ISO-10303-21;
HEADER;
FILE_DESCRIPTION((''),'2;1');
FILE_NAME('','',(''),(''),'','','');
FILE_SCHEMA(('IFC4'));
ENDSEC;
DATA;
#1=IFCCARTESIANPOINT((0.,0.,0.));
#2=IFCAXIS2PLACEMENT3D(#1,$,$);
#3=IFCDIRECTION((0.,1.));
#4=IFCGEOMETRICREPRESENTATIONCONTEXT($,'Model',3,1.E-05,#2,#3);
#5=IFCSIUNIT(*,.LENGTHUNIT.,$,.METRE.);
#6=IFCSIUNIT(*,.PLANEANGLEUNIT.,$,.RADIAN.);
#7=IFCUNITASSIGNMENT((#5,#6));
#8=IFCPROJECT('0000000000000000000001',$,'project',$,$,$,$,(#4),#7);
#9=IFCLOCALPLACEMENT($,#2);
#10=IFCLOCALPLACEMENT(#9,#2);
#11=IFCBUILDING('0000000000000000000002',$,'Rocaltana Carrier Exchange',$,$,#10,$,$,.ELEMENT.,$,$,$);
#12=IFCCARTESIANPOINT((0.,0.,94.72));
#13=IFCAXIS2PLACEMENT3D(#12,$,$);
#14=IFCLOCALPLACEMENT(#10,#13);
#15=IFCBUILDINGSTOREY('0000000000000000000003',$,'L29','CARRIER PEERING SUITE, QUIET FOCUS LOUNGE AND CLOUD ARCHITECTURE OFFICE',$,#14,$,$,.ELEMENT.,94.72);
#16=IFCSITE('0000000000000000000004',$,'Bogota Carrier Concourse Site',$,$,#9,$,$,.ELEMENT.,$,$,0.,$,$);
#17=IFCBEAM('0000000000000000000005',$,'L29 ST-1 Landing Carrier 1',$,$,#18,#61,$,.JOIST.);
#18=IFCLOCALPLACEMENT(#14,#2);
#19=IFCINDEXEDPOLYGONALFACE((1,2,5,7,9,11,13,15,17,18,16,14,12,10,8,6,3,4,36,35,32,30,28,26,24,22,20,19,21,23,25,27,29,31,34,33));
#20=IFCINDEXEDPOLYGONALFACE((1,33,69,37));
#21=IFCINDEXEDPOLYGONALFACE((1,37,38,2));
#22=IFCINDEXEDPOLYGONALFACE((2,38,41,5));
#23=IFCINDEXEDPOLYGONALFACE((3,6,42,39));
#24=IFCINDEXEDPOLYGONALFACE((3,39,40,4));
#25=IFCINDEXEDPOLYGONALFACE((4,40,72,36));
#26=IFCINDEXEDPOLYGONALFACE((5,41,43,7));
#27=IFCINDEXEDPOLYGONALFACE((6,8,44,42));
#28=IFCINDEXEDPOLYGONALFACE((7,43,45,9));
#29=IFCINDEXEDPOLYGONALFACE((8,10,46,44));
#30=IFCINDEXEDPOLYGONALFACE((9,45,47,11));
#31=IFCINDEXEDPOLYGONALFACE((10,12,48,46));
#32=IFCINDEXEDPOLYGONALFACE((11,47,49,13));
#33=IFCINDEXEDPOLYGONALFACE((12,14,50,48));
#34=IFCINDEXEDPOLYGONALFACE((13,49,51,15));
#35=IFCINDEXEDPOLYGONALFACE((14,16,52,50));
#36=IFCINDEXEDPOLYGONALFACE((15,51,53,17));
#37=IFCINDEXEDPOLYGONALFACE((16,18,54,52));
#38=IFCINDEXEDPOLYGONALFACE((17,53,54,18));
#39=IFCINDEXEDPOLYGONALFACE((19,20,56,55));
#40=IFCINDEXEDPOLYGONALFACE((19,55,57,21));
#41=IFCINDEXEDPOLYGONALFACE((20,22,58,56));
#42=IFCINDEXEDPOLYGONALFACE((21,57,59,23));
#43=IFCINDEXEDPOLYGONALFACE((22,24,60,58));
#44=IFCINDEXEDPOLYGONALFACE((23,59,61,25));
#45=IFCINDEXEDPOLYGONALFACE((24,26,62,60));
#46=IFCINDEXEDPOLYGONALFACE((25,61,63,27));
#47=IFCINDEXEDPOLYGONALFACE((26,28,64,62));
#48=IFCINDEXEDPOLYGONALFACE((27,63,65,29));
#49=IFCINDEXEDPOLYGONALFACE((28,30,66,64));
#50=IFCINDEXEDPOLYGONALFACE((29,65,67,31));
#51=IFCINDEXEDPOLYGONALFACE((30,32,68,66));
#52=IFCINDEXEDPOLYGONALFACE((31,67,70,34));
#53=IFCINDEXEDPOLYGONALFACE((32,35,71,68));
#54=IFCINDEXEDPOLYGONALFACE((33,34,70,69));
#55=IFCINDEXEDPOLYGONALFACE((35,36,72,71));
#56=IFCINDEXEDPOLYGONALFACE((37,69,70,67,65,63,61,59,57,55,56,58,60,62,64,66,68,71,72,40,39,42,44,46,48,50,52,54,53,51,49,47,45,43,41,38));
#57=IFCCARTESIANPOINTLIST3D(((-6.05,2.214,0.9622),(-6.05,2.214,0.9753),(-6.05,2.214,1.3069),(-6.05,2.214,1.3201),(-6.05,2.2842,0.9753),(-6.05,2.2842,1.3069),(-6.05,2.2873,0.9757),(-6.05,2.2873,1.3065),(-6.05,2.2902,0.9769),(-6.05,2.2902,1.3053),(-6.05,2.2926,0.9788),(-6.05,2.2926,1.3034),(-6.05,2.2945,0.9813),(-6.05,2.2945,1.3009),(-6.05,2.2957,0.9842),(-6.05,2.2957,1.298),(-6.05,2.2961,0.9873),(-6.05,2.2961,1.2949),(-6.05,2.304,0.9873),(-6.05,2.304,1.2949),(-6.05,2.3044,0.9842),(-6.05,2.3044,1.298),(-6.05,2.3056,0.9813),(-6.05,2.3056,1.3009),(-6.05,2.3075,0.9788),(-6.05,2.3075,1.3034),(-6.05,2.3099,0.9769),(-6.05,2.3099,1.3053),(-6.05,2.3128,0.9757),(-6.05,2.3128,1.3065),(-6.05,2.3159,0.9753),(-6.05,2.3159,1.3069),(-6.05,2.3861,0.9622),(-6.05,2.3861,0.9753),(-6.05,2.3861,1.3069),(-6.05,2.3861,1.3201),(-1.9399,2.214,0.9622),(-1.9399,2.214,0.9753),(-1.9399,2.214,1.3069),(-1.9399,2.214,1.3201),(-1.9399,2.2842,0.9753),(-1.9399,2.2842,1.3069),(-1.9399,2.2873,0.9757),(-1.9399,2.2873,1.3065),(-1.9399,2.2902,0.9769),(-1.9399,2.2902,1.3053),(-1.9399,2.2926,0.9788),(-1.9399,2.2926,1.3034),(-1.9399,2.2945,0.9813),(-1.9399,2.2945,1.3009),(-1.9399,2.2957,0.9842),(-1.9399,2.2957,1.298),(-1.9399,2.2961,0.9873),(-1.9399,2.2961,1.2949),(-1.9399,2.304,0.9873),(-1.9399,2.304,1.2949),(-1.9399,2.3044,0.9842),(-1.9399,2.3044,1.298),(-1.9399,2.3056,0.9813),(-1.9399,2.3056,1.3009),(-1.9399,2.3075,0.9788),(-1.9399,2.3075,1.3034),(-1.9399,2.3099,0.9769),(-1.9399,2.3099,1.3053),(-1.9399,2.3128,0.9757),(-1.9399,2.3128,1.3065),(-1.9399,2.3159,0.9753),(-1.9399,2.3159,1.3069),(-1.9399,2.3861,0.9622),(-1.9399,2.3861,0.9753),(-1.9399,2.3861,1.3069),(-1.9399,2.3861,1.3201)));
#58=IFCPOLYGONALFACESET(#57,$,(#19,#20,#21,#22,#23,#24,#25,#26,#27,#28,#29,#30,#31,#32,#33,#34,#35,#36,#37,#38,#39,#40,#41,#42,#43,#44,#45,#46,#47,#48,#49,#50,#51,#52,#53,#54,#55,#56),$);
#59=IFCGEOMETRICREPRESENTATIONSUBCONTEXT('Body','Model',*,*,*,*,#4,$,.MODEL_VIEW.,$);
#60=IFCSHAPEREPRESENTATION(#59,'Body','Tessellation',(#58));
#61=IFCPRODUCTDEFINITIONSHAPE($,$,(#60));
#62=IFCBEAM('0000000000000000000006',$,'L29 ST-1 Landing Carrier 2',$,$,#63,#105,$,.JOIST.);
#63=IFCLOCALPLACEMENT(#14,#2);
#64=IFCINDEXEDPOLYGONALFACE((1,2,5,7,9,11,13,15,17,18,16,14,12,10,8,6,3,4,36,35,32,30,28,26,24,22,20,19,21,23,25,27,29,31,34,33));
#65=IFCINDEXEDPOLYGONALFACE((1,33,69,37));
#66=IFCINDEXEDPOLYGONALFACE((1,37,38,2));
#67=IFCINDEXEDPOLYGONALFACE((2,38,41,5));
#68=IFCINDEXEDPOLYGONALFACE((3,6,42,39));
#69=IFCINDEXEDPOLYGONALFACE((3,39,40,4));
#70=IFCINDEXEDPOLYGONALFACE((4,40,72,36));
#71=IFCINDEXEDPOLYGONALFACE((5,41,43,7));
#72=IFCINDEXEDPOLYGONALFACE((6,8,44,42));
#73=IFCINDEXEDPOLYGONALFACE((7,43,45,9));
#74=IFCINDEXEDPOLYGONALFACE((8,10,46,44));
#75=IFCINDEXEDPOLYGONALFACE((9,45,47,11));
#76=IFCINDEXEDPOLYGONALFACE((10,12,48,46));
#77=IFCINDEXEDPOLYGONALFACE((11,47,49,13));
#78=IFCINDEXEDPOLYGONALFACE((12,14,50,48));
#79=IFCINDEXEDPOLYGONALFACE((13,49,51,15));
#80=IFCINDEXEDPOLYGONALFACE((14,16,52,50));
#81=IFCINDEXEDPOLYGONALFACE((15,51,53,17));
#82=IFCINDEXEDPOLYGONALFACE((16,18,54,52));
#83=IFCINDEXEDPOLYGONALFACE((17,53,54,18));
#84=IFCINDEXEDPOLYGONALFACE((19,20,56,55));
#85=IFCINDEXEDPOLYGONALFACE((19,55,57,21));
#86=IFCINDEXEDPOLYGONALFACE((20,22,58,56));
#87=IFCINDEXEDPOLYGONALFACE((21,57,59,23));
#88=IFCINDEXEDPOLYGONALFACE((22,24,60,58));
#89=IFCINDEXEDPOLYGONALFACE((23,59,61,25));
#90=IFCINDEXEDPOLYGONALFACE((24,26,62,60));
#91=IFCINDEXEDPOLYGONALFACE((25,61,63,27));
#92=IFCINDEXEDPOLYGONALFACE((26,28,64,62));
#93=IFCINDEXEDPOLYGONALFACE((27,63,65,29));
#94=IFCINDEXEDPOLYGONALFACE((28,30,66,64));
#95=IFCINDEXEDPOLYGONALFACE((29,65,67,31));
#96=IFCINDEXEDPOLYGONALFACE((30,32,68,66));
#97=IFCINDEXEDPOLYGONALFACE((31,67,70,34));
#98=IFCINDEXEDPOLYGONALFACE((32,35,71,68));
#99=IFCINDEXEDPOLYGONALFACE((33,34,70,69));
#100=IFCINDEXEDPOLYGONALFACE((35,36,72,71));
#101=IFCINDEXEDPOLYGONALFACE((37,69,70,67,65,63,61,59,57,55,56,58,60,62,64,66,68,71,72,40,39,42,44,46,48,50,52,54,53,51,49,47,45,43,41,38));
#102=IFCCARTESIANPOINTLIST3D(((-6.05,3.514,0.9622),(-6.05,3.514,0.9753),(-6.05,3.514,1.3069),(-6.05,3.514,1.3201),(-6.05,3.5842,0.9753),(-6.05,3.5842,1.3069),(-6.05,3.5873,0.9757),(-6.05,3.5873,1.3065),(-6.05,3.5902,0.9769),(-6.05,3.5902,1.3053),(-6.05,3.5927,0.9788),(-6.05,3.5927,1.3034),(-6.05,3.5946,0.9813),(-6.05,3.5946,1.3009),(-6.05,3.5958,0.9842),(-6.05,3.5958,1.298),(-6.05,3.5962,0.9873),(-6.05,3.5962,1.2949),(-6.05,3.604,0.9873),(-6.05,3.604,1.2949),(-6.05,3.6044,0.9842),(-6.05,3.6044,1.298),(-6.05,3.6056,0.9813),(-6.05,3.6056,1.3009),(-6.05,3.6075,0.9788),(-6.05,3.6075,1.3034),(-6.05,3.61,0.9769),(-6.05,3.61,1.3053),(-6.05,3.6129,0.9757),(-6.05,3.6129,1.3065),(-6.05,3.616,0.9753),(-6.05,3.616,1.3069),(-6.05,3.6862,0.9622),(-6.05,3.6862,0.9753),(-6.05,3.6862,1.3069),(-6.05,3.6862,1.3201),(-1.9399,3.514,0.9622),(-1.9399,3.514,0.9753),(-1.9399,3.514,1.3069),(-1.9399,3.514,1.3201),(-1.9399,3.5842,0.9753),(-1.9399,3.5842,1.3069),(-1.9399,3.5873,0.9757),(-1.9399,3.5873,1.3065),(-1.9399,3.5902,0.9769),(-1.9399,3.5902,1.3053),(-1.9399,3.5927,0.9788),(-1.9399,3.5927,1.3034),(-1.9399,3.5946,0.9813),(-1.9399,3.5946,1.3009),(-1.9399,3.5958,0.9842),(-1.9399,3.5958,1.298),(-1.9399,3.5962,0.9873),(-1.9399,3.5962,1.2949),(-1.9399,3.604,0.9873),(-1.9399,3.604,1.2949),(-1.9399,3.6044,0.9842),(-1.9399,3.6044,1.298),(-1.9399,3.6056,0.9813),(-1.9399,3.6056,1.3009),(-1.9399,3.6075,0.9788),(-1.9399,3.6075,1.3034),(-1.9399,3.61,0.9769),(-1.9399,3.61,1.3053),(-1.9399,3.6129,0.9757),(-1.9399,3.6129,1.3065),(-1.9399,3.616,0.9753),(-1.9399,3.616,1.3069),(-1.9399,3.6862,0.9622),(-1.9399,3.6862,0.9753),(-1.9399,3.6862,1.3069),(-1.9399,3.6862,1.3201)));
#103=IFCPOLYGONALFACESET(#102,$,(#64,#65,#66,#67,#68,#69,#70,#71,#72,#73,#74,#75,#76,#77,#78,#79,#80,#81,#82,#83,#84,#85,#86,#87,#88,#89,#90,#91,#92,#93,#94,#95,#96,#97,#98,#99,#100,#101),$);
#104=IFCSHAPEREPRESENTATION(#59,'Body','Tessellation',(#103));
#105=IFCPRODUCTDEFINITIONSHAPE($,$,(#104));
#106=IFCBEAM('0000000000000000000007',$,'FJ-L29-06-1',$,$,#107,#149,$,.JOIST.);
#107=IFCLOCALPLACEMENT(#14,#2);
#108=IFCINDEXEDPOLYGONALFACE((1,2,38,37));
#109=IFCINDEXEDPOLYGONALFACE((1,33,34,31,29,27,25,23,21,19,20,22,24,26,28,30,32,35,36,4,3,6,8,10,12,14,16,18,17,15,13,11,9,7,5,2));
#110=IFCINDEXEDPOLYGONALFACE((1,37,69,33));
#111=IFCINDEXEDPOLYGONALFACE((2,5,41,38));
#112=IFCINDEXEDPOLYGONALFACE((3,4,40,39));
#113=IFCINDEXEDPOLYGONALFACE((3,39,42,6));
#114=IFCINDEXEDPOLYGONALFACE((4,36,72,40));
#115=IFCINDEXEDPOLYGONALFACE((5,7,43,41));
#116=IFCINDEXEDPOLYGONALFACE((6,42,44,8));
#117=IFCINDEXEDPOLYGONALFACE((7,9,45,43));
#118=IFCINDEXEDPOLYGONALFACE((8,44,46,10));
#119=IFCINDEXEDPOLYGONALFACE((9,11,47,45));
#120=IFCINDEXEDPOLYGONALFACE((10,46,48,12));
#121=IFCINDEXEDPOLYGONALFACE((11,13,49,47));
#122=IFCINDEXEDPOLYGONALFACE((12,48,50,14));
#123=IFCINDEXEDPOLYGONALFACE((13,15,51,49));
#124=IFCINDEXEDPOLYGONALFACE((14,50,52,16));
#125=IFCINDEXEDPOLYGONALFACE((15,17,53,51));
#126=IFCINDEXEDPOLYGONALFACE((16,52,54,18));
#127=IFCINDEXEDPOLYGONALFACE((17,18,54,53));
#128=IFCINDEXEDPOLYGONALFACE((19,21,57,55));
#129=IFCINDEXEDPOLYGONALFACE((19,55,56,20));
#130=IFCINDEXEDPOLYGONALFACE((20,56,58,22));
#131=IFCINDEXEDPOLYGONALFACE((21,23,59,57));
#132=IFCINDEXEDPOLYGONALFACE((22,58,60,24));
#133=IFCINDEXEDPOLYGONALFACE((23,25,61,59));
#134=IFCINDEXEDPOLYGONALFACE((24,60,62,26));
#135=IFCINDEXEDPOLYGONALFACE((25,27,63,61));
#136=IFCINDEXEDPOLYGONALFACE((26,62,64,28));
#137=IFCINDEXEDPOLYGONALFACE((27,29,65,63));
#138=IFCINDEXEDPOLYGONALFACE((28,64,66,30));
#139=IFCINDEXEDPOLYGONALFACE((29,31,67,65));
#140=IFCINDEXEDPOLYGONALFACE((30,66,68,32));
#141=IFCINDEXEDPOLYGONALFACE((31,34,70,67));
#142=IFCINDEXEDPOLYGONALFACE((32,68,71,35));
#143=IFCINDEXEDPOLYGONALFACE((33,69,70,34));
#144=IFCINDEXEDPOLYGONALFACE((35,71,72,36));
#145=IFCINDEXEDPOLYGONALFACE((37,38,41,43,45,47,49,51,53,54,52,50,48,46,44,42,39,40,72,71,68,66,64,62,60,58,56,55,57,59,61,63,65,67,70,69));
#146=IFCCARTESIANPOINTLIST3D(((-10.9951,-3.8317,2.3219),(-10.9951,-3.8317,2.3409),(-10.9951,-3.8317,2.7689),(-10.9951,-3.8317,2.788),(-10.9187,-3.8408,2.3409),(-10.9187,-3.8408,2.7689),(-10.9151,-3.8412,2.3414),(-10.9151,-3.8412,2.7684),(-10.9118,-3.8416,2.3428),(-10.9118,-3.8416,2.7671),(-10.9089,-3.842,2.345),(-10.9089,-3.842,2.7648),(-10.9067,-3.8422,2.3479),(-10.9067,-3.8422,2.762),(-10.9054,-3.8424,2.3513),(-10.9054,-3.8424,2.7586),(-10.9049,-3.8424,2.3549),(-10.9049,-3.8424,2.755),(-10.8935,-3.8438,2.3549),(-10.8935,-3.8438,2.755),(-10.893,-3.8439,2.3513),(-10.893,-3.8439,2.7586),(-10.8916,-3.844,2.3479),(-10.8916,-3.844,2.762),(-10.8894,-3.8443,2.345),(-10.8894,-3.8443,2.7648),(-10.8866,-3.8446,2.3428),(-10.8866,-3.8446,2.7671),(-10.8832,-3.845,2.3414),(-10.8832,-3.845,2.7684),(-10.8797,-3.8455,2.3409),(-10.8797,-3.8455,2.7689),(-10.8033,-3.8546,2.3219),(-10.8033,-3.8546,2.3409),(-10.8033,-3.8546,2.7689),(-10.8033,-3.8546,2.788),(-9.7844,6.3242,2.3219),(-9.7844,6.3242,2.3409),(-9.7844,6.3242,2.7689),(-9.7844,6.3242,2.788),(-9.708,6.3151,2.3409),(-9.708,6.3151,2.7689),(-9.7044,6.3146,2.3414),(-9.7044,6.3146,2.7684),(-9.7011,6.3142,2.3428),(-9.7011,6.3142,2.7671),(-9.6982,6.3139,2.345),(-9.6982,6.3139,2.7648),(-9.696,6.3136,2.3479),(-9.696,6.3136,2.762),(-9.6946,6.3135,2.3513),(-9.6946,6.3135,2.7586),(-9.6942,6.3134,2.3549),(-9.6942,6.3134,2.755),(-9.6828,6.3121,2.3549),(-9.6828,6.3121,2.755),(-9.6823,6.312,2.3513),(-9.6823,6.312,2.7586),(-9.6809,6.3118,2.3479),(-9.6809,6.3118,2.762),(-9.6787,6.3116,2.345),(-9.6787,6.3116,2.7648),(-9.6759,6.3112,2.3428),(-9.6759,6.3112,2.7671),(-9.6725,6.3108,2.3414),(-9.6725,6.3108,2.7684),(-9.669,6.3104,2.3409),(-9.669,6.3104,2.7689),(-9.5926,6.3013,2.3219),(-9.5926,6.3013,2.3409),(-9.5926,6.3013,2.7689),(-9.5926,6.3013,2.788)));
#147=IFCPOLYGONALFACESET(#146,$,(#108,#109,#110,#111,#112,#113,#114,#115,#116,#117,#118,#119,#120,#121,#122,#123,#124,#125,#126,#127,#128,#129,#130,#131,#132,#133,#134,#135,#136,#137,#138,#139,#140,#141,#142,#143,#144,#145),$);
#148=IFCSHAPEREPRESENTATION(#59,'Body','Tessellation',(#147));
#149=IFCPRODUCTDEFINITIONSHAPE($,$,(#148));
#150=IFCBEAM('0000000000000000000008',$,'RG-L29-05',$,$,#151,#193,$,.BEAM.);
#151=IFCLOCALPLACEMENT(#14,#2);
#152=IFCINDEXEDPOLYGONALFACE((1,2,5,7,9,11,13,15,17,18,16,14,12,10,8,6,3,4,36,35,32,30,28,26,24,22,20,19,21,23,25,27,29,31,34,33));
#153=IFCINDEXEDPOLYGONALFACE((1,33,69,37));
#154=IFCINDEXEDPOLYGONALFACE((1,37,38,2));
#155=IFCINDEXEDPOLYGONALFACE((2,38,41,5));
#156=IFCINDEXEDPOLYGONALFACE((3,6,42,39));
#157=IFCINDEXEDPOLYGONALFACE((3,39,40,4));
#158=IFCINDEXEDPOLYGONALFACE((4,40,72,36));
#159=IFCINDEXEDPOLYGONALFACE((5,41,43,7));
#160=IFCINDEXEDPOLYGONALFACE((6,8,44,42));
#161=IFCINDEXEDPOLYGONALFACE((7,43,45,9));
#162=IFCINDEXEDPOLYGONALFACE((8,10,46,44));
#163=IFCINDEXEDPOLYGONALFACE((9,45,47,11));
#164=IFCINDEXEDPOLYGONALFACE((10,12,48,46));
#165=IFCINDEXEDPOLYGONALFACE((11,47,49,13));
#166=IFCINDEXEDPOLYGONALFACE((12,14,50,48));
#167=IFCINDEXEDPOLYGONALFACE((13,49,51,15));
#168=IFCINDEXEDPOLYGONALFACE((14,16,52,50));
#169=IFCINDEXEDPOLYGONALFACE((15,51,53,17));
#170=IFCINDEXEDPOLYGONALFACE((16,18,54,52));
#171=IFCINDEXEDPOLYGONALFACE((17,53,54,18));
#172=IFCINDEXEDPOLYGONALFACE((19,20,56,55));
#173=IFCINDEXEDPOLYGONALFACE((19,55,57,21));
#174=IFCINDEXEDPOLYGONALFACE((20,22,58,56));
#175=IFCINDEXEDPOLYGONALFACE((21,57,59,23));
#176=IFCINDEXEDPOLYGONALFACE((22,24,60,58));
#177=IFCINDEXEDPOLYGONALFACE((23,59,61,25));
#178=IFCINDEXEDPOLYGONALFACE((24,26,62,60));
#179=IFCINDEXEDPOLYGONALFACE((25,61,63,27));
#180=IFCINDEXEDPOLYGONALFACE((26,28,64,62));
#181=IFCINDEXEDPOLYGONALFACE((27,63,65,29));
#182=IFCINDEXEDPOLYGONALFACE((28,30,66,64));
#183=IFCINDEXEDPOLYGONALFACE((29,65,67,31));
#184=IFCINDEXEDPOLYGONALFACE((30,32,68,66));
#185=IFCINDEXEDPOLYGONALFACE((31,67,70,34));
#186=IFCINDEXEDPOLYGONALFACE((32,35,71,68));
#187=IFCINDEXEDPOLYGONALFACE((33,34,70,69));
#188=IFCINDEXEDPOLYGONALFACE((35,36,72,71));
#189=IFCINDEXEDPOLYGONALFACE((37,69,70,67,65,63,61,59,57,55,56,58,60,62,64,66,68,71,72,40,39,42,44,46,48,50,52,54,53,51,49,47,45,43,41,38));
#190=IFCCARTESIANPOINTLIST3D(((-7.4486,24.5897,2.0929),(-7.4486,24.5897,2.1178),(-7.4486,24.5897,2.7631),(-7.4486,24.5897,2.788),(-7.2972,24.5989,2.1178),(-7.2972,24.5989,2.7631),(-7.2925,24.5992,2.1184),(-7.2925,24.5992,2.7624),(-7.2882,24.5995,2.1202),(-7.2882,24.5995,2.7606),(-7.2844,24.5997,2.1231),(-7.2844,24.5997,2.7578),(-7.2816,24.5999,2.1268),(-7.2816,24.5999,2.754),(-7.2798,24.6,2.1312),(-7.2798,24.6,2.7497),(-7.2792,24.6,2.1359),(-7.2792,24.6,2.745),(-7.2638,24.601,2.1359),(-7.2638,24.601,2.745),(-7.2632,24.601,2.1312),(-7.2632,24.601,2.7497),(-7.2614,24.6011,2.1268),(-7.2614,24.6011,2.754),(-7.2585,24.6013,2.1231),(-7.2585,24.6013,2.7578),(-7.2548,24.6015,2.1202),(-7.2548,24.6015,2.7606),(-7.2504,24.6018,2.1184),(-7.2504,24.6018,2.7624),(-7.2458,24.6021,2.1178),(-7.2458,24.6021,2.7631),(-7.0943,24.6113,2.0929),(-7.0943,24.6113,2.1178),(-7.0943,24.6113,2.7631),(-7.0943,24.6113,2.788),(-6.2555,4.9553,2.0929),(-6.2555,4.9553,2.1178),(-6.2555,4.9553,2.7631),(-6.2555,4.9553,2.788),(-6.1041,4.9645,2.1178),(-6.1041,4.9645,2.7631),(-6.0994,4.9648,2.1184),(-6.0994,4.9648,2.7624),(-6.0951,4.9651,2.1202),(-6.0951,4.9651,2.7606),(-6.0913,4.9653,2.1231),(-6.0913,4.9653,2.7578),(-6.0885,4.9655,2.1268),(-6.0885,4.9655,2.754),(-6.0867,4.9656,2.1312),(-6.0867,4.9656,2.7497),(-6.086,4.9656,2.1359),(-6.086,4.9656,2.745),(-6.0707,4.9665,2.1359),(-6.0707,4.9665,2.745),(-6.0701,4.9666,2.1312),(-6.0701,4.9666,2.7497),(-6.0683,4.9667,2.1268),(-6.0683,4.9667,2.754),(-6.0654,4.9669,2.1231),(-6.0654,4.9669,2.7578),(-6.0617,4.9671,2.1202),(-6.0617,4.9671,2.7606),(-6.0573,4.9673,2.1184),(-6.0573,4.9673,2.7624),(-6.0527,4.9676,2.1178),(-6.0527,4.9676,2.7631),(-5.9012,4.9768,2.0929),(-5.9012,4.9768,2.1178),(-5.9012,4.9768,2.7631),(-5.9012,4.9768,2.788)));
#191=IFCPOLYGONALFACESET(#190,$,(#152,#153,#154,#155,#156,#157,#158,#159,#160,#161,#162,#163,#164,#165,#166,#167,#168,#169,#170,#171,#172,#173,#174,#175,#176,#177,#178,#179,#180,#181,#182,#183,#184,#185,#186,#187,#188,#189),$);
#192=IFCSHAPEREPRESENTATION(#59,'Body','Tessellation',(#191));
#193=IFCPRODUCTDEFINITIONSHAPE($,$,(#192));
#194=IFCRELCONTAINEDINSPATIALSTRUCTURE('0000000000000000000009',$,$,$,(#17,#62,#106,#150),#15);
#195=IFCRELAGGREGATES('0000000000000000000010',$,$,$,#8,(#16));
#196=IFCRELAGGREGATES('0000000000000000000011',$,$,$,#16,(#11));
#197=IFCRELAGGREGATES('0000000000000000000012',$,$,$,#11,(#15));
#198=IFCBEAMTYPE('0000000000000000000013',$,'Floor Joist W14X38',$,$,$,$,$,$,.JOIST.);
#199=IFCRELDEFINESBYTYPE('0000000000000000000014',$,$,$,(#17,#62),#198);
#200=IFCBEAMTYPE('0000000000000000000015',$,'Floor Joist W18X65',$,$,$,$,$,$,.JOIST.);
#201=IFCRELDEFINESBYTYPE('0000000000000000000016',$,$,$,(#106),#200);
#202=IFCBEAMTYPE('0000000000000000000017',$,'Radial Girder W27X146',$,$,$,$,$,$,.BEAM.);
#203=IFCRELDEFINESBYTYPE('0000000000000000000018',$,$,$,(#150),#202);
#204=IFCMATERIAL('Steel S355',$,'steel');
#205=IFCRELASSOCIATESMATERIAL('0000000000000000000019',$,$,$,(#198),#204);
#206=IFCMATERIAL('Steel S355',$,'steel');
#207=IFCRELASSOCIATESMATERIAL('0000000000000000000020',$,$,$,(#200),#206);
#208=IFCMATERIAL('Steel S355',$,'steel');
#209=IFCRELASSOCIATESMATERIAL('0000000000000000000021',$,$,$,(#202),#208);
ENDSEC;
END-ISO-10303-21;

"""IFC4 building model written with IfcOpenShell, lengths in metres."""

from ifc_helpers import new_model, si_unit, direction, frame, origin, origin_2d, place, context, subcontext, project, spatial, i_section, extrude, material, material_profile, profile_set, type_object, element, save


model = new_model("IFC4")

# Units and contexts
model_context = context("Model", 3, precision=1e-05, world=origin(), true_north=direction((0.0, 1.0)))
body_context = subcontext(model_context, "Body", "Model", "MODEL_VIEW")
ifc_project = project(units=[si_unit("LENGTHUNIT", "METRE"), si_unit("PLANEANGLEUNIT", "RADIAN")], contexts=[model_context])

# Site, building, storey
site_placement = place(None, origin())
site = spatial("IfcSite", under=ifc_project, at=site_placement, Name="Bogota Carrier Concourse Site", CompositionType="ELEMENT", RefElevation=0.0)
building_placement = place(site_placement, origin())
building = spatial("IfcBuilding", under=site, at=building_placement, Name="Rocaltana Carrier Exchange", CompositionType="ELEMENT")
storey_placement = place(building_placement, frame((0.0, 0.0, 94.72)))
storey = spatial("IfcBuildingStorey", under=building, at=storey_placement, Name="L29", Description="CARRIER PEERING SUITE, QUIET FOCUS LOUNGE AND CLOUD ARCHITECTURE OFFICE", CompositionType="ELEMENT", Elevation=94.72)

# Beams
ifc_material_1 = material(Name="Steel S355", Category="steel")
ifc_material_profile_1 = material_profile(ifc_material_1, i_section(OverallWidth=0.1721, OverallDepth=0.3579, WebThickness=0.0078, FlangeThickness=0.0132, FilletRadius=0.012, at=origin_2d()), Name="W14X38")
ifc_profile_set_1 = profile_set([ifc_material_profile_1], Name="Steel S355")
beam_type_1 = type_object("IfcBeamType", Name="Floor Joist W14X38", PredefinedType="JOIST", material=ifc_profile_set_1)
for number, where, z_axis, x_axis, name in (
    (1, (-6.05, 2.3, 1.1411), (1.0, 0.0, 0.0), (0.0, 1.0, 0.0), "L29 ST-1 Landing Carrier 1"),
    (2, (-6.05, 3.6001, 1.1411), (1.0, 0.0, 0.0), (0.0, 1.0, 0.0), "L29 ST-1 Landing Carrier 2"),
):
    element("IfcBeam", number, at=place(storey_placement, frame(where, z_axis=z_axis, x_axis=x_axis)), inside=storey, type_object=beam_type_1, Name=name, PredefinedType="JOIST", context=body_context, shape_type="SweptSolid", body=[
        extrude(i_section(OverallWidth=0.1721, OverallDepth=0.3579, WebThickness=0.0078, FlangeThickness=0.0132, FilletRadius=0.012, at=origin_2d()), origin(), (0.0, 0.0, 1.0), 4.1101),
    ])
ifc_material_2 = material(Name="Steel S355", Category="steel")
ifc_material_profile_2 = material_profile(ifc_material_2, i_section(OverallWidth=0.1931, OverallDepth=0.4661, WebThickness=0.0115, FlangeThickness=0.019, FilletRadius=0.0139, at=origin_2d()), Name="W18X65")
ifc_profile_set_2 = profile_set([ifc_material_profile_2], Name="Steel S355")
beam_type_2 = type_object("IfcBeamType", Name="Floor Joist W18X65", PredefinedType="JOIST", material=ifc_profile_set_2)
beam_1_placement = place(storey_placement, frame((-9.6885, 6.3127, 2.5549), z_axis=(-0.118374, -0.992969, 0.0), x_axis=(0.992969, -0.118374, 0.0)))
element("IfcBeam", 3, at=beam_1_placement, inside=storey, type_object=beam_type_2, Name="FJ-L29-06-1", PredefinedType="JOIST", context=body_context, shape_type="SweptSolid", body=[
    extrude(i_section(OverallWidth=0.1931, OverallDepth=0.4661, WebThickness=0.0115, FlangeThickness=0.019, FilletRadius=0.0139, at=origin_2d()), origin(), (0.0, 0.0, 1.0), 10.2278),
])
ifc_material_3 = material(Name="Steel S355", Category="steel")
ifc_material_profile_3 = material_profile(ifc_material_3, i_section(OverallWidth=0.355, OverallDepth=0.6951, WebThickness=0.0154, FlangeThickness=0.0249, FilletRadius=0.0181, at=origin_2d()), Name="W27X146")
ifc_profile_set_3 = profile_set([ifc_material_profile_3], Name="Steel S355")
beam_type_3 = type_object("IfcBeamType", Name="Radial Girder W27X146", PredefinedType="BEAM", material=ifc_profile_set_3)
beam_2_placement = place(storey_placement, frame((-6.0784, 4.9661, 2.4404), z_axis=(-0.060654, 0.998159, 0.0), x_axis=(-0.998159, -0.060654, 0.0)))
element("IfcBeam", 4, at=beam_2_placement, inside=storey, type_object=beam_type_3, Name="RG-L29-05", PredefinedType="BEAM", context=body_context, shape_type="SweptSolid", body=[
    extrude(i_section(OverallWidth=0.355, OverallDepth=0.6951, WebThickness=0.0154, FlangeThickness=0.0249, FilletRadius=0.0181, at=origin_2d()), origin(), (0.0, 0.0, 1.0), 19.6707),
])

save(model, "model.ifc")
